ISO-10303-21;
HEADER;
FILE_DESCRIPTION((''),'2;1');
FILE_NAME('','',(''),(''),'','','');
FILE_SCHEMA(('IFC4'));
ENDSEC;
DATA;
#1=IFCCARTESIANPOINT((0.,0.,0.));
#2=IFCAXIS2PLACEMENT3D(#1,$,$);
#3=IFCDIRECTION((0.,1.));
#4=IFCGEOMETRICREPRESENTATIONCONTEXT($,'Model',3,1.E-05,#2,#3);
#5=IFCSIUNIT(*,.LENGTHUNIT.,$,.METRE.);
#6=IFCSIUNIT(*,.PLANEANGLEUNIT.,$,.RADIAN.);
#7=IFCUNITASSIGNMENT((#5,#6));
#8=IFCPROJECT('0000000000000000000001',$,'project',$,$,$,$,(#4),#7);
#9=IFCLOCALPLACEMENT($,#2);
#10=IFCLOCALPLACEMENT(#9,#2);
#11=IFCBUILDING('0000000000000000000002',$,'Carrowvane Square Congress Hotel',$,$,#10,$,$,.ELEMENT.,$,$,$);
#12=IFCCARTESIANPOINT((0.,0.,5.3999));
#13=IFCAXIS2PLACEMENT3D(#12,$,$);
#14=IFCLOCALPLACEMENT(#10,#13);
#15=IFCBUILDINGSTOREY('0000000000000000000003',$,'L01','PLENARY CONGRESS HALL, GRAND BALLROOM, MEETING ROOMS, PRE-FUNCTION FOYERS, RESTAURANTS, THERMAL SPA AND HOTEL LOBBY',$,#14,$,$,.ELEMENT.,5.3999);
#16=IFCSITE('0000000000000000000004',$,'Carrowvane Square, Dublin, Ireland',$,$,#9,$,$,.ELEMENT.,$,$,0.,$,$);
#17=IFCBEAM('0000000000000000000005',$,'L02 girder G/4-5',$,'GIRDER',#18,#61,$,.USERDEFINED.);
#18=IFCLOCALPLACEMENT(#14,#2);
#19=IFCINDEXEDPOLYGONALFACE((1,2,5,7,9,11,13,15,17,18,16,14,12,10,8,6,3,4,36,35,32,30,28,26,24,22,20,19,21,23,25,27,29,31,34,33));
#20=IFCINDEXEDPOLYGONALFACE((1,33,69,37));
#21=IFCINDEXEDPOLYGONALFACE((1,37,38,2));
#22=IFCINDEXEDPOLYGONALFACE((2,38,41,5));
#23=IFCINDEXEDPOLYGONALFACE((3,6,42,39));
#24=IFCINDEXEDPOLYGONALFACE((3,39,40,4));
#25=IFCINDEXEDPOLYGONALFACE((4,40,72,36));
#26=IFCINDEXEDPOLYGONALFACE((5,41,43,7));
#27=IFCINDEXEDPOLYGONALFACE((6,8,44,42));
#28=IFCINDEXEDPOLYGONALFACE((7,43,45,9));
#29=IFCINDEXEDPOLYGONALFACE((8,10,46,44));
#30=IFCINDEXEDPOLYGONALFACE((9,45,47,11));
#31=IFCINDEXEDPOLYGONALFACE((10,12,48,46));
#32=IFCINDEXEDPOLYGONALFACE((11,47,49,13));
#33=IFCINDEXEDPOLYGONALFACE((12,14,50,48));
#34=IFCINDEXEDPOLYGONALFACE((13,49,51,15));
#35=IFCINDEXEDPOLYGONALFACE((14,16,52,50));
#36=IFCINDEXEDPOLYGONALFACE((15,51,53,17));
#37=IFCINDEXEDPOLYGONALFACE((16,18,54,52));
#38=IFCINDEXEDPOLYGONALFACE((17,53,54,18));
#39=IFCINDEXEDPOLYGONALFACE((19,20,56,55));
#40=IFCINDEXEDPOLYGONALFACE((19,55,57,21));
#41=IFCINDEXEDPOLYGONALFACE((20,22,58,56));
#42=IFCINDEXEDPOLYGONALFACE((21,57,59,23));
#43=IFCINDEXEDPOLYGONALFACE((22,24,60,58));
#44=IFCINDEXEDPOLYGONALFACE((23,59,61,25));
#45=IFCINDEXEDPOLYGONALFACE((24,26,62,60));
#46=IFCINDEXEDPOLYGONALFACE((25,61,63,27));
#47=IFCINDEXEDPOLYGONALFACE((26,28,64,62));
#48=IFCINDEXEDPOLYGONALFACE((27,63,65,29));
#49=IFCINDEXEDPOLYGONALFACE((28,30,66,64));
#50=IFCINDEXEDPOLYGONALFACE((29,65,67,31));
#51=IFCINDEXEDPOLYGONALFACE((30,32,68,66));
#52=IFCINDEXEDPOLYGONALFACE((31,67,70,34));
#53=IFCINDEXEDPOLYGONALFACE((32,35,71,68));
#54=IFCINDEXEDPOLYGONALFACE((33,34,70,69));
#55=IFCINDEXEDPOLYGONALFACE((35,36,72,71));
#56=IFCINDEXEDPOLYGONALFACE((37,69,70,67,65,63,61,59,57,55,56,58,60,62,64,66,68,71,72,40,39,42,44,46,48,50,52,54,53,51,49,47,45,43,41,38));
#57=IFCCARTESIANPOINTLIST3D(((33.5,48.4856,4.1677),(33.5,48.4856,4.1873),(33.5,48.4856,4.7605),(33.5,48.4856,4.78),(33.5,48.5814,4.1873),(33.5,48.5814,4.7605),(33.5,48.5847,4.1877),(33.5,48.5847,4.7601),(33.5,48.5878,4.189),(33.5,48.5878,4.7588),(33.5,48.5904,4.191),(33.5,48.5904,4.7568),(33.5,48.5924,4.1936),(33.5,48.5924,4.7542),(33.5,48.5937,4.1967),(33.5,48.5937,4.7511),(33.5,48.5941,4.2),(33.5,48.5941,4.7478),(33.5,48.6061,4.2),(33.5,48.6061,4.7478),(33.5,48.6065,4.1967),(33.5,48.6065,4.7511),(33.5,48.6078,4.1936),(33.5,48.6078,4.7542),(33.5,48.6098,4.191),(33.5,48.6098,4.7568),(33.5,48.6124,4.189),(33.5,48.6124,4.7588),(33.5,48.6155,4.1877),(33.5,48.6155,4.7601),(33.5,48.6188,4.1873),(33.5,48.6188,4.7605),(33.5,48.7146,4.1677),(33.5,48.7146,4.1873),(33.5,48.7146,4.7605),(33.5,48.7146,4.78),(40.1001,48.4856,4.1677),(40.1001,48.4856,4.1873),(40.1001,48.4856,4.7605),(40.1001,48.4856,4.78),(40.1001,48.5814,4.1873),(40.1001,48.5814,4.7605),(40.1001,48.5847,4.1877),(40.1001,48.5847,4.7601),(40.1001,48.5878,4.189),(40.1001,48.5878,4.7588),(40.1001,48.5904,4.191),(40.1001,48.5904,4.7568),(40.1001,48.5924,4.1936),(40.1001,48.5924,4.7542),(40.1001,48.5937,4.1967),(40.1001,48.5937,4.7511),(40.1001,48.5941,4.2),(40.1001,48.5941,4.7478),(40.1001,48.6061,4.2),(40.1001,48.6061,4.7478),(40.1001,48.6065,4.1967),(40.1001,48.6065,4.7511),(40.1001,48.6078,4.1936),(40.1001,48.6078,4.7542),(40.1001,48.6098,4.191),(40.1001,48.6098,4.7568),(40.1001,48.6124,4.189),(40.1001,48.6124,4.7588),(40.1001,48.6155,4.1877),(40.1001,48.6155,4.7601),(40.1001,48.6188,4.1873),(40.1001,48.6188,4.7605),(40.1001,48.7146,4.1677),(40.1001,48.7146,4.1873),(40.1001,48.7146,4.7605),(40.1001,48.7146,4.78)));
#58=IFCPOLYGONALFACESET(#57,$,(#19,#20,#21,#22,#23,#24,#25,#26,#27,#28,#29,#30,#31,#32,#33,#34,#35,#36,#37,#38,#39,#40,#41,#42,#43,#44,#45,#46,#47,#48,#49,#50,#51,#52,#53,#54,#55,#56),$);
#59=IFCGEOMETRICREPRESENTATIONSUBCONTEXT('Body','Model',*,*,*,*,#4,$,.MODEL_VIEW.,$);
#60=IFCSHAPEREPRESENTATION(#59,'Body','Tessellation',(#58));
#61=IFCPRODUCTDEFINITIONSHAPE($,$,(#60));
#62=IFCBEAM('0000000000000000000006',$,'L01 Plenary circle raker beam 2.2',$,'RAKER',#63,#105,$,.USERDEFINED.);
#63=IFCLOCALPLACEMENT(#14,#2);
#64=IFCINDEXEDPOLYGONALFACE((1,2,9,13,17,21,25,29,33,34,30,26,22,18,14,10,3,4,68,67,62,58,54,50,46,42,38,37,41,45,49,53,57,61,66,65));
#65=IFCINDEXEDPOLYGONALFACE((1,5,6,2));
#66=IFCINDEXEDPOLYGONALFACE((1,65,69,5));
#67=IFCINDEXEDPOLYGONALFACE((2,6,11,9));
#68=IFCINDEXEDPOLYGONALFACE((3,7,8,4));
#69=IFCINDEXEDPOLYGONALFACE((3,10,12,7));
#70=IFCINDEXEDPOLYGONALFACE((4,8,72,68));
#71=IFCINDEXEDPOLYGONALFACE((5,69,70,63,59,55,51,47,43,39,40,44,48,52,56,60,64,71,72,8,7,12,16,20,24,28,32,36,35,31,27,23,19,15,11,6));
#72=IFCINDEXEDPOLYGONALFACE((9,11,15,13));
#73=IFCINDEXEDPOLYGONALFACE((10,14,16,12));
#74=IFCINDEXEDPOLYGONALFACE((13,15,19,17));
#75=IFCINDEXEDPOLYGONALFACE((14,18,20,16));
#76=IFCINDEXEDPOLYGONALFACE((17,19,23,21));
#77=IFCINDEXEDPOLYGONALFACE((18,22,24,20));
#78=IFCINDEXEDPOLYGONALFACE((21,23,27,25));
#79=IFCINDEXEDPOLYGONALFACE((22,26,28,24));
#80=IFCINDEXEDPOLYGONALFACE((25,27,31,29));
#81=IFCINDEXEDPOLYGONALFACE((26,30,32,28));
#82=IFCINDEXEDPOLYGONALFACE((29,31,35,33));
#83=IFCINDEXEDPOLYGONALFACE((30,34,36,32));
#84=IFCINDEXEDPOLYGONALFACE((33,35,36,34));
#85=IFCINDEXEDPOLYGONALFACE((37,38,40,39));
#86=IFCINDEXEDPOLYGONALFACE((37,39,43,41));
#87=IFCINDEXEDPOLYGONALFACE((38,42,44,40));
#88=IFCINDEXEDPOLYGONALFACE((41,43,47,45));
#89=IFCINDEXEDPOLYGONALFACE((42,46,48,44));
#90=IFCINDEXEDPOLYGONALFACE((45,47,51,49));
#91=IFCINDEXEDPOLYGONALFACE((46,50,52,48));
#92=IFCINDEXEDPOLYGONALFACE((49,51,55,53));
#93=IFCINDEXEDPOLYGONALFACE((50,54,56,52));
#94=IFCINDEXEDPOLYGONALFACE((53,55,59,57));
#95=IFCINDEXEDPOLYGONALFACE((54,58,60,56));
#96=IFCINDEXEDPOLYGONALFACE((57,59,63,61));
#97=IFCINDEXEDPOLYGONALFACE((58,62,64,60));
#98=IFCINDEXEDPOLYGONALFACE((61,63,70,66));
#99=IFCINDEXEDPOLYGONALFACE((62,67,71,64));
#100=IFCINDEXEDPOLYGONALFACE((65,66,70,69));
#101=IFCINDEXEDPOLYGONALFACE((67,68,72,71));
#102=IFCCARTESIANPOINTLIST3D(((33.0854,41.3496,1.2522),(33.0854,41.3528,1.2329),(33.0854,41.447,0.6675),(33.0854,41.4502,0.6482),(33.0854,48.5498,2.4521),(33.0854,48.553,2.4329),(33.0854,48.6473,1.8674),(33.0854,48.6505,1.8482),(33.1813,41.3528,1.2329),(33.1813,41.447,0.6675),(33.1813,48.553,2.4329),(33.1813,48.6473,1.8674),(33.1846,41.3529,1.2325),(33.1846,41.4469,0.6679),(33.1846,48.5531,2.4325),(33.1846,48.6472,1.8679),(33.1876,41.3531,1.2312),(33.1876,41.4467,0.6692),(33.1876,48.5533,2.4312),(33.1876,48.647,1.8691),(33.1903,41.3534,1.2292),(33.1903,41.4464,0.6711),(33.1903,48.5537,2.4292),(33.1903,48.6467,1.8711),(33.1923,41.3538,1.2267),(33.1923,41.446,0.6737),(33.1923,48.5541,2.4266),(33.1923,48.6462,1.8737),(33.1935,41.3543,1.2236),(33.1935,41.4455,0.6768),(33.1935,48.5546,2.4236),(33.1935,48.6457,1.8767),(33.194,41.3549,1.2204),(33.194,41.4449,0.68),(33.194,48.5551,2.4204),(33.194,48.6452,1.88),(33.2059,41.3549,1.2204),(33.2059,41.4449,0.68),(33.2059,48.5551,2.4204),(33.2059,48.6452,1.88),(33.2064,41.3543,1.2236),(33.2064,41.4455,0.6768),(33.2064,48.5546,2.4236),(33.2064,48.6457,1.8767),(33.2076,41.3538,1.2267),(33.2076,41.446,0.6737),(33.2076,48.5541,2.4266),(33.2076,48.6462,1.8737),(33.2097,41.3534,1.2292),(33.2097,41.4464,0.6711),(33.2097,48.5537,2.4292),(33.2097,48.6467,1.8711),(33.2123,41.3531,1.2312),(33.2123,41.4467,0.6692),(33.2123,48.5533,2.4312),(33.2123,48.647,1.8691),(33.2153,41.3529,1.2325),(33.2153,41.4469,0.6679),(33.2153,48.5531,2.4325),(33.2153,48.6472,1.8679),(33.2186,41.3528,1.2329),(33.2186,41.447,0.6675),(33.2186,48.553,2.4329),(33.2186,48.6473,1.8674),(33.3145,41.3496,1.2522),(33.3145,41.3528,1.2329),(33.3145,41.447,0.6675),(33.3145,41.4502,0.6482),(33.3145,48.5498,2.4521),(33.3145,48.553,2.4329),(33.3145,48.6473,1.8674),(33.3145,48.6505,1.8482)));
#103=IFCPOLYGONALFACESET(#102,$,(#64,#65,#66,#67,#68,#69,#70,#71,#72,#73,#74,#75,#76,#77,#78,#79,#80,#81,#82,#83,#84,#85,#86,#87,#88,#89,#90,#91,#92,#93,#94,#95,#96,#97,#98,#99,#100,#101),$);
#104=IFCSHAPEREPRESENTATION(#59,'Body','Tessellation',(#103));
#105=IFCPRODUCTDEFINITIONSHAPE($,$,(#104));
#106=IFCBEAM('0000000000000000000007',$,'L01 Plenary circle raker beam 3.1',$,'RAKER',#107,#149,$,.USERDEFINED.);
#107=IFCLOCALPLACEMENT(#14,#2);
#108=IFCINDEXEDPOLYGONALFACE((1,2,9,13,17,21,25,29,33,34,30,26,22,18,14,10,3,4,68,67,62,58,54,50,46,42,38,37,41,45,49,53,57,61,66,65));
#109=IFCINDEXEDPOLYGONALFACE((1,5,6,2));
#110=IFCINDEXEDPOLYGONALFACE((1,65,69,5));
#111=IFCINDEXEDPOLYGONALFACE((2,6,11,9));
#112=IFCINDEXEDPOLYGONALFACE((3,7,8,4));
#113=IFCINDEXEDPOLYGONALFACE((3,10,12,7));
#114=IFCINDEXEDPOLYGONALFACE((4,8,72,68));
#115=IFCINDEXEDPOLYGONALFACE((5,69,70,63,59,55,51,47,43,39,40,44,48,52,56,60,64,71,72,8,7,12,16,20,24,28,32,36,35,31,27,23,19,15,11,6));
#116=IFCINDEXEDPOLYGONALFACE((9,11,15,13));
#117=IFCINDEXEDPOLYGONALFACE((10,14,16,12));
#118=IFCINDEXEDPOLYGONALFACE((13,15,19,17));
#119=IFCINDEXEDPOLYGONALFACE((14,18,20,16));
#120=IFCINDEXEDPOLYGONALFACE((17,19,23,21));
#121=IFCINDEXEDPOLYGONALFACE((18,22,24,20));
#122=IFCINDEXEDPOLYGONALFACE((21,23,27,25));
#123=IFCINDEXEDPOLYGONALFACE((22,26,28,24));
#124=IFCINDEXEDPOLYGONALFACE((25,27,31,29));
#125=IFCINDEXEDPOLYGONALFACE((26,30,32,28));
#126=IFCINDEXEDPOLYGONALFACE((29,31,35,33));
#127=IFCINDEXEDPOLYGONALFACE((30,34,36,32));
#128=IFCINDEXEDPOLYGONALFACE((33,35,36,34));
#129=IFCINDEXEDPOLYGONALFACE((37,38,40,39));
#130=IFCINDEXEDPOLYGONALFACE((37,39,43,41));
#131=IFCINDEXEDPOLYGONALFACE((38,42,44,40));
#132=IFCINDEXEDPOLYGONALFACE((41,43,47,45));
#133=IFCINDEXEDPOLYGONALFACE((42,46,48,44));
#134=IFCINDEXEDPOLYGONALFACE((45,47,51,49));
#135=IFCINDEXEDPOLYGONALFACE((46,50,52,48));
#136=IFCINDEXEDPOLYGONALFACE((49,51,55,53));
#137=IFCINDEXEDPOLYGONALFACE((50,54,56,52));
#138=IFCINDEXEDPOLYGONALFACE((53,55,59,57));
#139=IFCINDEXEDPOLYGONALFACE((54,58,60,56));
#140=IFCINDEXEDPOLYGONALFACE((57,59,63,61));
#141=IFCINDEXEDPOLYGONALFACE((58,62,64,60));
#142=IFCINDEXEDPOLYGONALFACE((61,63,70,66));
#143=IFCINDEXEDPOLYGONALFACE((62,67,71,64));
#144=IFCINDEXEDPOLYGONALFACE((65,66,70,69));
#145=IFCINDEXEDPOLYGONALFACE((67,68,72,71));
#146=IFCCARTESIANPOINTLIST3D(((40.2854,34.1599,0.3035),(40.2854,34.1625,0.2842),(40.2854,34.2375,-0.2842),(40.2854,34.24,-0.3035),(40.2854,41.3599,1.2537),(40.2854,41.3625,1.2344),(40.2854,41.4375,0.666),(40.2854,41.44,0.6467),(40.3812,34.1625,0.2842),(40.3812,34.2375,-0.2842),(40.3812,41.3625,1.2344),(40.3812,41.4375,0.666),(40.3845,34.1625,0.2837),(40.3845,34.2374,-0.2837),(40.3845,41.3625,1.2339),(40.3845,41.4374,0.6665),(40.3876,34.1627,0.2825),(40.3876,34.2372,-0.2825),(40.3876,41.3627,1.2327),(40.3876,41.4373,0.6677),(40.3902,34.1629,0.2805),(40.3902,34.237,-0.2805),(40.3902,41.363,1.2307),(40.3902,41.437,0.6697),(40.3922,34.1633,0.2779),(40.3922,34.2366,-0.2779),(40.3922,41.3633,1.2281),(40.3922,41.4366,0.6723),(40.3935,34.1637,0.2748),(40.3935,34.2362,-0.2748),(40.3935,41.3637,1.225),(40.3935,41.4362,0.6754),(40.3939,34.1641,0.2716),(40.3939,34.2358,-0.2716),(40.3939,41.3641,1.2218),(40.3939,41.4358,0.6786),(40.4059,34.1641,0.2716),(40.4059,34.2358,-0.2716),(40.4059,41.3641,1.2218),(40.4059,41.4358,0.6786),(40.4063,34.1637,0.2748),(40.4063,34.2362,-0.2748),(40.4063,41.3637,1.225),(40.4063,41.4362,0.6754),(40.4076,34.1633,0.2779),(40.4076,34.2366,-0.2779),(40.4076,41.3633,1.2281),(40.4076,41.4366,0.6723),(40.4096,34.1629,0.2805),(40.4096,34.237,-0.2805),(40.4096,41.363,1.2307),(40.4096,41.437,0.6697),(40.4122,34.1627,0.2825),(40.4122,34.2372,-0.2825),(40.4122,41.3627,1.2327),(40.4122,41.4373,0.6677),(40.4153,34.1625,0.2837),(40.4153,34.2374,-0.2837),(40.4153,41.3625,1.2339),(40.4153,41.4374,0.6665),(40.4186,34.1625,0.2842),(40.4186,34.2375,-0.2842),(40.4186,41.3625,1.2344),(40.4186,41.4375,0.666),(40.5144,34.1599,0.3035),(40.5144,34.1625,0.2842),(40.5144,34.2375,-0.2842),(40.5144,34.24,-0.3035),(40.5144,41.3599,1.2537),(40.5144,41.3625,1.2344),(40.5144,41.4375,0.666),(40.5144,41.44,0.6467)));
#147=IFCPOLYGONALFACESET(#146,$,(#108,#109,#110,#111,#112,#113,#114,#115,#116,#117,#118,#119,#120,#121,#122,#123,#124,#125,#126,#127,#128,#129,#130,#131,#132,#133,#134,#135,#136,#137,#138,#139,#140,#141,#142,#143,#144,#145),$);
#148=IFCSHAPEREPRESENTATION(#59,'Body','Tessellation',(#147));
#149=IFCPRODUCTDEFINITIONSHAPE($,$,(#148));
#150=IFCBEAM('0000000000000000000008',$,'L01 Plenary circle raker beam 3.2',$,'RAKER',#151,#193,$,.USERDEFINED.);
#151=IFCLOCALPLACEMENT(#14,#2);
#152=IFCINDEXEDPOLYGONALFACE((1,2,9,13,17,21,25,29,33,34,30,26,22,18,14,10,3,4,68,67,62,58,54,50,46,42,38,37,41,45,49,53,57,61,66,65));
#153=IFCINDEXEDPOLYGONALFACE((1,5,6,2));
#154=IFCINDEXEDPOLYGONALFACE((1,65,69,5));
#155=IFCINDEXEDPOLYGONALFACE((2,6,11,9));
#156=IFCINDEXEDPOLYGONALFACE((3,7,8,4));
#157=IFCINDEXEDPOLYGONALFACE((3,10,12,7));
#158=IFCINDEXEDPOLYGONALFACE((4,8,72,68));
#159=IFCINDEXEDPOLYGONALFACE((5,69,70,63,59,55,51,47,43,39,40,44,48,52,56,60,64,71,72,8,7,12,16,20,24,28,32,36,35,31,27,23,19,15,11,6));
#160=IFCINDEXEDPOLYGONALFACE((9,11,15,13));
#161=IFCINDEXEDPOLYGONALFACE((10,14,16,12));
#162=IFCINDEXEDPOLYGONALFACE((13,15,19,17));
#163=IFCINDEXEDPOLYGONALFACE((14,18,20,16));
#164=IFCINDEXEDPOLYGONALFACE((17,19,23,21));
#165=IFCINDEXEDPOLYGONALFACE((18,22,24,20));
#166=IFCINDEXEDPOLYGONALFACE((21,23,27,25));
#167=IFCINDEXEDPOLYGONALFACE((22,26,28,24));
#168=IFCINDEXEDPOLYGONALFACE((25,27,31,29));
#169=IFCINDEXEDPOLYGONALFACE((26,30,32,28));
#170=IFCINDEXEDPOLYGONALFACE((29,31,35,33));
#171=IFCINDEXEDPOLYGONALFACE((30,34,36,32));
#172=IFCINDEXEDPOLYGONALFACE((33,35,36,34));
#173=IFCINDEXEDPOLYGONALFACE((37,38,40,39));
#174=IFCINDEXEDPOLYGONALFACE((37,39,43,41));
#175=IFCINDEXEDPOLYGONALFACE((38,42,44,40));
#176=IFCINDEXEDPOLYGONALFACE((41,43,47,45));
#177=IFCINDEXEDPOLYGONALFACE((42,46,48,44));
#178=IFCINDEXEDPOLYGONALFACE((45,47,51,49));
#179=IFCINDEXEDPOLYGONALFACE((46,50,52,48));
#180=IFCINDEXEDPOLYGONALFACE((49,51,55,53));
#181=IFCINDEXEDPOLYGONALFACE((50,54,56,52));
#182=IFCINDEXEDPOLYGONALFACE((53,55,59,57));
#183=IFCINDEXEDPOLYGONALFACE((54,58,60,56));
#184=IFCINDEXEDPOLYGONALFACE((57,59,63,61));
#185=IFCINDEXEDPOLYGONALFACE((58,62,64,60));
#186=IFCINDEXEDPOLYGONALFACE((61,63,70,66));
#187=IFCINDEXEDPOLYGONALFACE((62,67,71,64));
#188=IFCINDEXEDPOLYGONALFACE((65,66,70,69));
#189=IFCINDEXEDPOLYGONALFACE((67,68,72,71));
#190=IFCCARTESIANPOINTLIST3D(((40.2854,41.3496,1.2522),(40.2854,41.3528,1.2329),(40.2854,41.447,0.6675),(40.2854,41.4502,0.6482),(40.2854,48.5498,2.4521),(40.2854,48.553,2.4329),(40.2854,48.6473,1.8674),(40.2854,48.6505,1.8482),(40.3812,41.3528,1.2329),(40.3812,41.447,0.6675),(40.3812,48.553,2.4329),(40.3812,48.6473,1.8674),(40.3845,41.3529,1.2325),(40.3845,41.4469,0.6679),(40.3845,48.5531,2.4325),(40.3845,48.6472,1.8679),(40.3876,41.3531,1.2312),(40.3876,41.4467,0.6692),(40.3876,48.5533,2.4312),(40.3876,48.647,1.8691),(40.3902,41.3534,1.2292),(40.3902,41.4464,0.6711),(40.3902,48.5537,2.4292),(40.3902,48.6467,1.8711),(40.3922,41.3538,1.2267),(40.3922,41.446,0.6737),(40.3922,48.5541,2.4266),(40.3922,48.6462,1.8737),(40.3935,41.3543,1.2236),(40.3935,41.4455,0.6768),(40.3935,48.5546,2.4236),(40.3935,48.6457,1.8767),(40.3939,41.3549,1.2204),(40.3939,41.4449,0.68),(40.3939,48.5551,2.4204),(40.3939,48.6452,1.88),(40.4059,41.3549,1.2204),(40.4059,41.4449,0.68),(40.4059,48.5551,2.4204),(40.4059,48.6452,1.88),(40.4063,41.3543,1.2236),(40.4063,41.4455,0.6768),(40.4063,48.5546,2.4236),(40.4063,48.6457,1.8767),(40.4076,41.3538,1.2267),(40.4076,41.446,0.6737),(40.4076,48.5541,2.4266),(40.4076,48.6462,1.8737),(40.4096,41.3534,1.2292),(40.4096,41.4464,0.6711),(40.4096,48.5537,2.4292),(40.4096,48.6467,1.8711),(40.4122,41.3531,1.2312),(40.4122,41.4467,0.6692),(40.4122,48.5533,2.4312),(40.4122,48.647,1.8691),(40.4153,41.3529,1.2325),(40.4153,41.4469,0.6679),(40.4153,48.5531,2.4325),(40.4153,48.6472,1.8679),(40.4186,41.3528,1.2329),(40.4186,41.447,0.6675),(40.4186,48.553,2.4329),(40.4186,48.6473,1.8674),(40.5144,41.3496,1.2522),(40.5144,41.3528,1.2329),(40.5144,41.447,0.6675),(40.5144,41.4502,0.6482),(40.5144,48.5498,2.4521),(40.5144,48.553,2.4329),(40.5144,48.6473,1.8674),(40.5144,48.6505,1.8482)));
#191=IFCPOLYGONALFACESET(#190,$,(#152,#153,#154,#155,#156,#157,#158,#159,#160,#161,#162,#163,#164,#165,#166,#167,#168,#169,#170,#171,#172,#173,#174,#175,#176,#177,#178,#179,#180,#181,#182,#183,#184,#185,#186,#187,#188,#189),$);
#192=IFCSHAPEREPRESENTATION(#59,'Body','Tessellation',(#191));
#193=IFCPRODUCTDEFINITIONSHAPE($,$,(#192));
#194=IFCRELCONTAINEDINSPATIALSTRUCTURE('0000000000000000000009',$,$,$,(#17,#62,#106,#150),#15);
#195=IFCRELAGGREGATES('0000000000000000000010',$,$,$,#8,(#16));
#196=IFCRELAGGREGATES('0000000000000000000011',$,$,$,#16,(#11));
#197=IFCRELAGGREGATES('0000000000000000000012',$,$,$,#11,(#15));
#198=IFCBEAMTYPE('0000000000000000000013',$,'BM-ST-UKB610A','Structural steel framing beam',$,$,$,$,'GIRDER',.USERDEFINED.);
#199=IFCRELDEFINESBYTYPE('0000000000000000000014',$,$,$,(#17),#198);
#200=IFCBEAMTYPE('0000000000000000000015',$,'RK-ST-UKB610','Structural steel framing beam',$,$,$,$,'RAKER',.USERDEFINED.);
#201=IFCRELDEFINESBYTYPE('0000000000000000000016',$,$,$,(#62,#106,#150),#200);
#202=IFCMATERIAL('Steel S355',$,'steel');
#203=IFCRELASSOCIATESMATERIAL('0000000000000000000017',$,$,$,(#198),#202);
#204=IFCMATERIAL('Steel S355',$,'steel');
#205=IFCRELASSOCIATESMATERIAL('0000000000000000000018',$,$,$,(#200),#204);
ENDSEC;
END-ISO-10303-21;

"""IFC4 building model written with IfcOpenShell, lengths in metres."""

from ifc_helpers import new_model, si_unit, direction, frame, origin, origin_2d, place, context, subcontext, project, spatial, i_section, extrude, material, material_profile, profile_set, type_object, element, save


model = new_model("IFC4")

# Units and contexts
model_context = context("Model", 3, precision=1e-05, world=origin(), true_north=direction((0.0, 1.0)))
body_context = subcontext(model_context, "Body", "Model", "MODEL_VIEW")
ifc_project = project(units=[si_unit("LENGTHUNIT", "METRE"), si_unit("PLANEANGLEUNIT", "RADIAN")], contexts=[model_context])

# Site, building, storey
site_placement = place(None, origin())
site = spatial("IfcSite", under=ifc_project, at=site_placement, Name="Carrowvane Square, Dublin, Ireland", CompositionType="ELEMENT", RefElevation=0.0)
building_placement = place(site_placement, origin())
building = spatial("IfcBuilding", under=site, at=building_placement, Name="Carrowvane Square Congress Hotel", CompositionType="ELEMENT")
storey_placement = place(building_placement, frame((0.0, 0.0, 5.3999)))
storey = spatial("IfcBuildingStorey", under=building, at=storey_placement, Name="L01", Description="PLENARY CONGRESS HALL, GRAND BALLROOM, MEETING ROOMS, PRE-FUNCTION FOYERS, RESTAURANTS, THERMAL SPA AND HOTEL LOBBY", CompositionType="ELEMENT", Elevation=5.3999)

# Beams
ifc_material_1 = material(Name="Steel S355", Category="steel")
ifc_material_profile_1 = material_profile(ifc_material_1, i_section(OverallWidth=0.229, OverallDepth=0.6123, WebThickness=0.012, FlangeThickness=0.0195, FilletRadius=0.0127, at=origin_2d()), Name="UKB 610x229x125")
ifc_profile_set_1 = profile_set([ifc_material_profile_1], Name="Steel S355")
beam_type_1 = type_object("IfcBeamType", Name="BM-ST-UKB610A", Description="Structural steel framing beam", ElementType="GIRDER", PredefinedType="USERDEFINED", material=ifc_profile_set_1)
beam_1_placement = place(storey_placement, frame((33.5, 48.6001, 4.4739), z_axis=(1.0, 0.0, 0.0), x_axis=(0.0, 1.0, 0.0)))
element("IfcBeam", 1, at=beam_1_placement, inside=storey, type_object=beam_type_1, Name="L02 girder G/4-5", ObjectType="GIRDER", PredefinedType="USERDEFINED", context=body_context, shape_type="SweptSolid", body=[
    extrude(i_section(OverallWidth=0.229, OverallDepth=0.6123, WebThickness=0.012, FlangeThickness=0.0195, FilletRadius=0.0127, at=origin_2d()), origin(), (0.0, 0.0, 1.0), 6.6001),
])
ifc_material_2 = material(Name="Steel S355", Category="steel")
ifc_material_profile_2 = material_profile(ifc_material_2, i_section(OverallWidth=0.229, OverallDepth=0.6123, WebThickness=0.012, FlangeThickness=0.0195, FilletRadius=0.0127, at=origin_2d()), Name="UKB 610x229x125")
ifc_profile_set_2 = profile_set([ifc_material_profile_2], Name="Steel S355")
beam_type_2 = type_object("IfcBeamType", Name="RK-ST-UKB610", Description="Structural steel framing beam", ElementType="RAKER", PredefinedType="USERDEFINED", material=ifc_profile_set_2)
beam_2_placement = place(storey_placement, frame((33.2, 41.3999, 0.9502), z_axis=(0.0, 0.986396, 0.164388), x_axis=(-1.0, 0.0, 0.0)))
element("IfcBeam", 2, at=beam_2_placement, inside=storey, type_object=beam_type_2, Name="L01 Plenary circle raker beam 2.2", ObjectType="RAKER", PredefinedType="USERDEFINED", context=body_context, shape_type="SweptSolid", body=[
    extrude(i_section(OverallWidth=0.229, OverallDepth=0.6123, WebThickness=0.012, FlangeThickness=0.0195, FilletRadius=0.0127, at=origin_2d()), origin(), (0.0, 0.0, 1.0), 7.2996),
])
beam_3_placement = place(storey_placement, frame((40.3999, 34.2, 0.0), z_axis=(0.0, 0.991404, 0.130838), x_axis=(-1.0, 0.0, 0.0)))
element("IfcBeam", 3, at=beam_3_placement, inside=storey, type_object=beam_type_2, Name="L01 Plenary circle raker beam 3.1", ObjectType="RAKER", PredefinedType="USERDEFINED", context=body_context, shape_type="SweptSolid", body=[
    extrude(i_section(OverallWidth=0.229, OverallDepth=0.6123, WebThickness=0.012, FlangeThickness=0.0195, FilletRadius=0.0127, at=origin_2d()), origin(), (0.0, 0.0, 1.0), 7.2625),
])
beam_4_placement = place(storey_placement, frame((40.3999, 41.3999, 0.9502), z_axis=(0.0, 0.986396, 0.164388), x_axis=(-1.0, 0.0, 0.0)))
element("IfcBeam", 4, at=beam_4_placement, inside=storey, type_object=beam_type_2, Name="L01 Plenary circle raker beam 3.2", ObjectType="RAKER", PredefinedType="USERDEFINED", context=body_context, shape_type="SweptSolid", body=[
    extrude(i_section(OverallWidth=0.229, OverallDepth=0.6123, WebThickness=0.012, FlangeThickness=0.0195, FilletRadius=0.0127, at=origin_2d()), origin(), (0.0, 0.0, 1.0), 7.2996),
])

save(model, "model.ifc")
